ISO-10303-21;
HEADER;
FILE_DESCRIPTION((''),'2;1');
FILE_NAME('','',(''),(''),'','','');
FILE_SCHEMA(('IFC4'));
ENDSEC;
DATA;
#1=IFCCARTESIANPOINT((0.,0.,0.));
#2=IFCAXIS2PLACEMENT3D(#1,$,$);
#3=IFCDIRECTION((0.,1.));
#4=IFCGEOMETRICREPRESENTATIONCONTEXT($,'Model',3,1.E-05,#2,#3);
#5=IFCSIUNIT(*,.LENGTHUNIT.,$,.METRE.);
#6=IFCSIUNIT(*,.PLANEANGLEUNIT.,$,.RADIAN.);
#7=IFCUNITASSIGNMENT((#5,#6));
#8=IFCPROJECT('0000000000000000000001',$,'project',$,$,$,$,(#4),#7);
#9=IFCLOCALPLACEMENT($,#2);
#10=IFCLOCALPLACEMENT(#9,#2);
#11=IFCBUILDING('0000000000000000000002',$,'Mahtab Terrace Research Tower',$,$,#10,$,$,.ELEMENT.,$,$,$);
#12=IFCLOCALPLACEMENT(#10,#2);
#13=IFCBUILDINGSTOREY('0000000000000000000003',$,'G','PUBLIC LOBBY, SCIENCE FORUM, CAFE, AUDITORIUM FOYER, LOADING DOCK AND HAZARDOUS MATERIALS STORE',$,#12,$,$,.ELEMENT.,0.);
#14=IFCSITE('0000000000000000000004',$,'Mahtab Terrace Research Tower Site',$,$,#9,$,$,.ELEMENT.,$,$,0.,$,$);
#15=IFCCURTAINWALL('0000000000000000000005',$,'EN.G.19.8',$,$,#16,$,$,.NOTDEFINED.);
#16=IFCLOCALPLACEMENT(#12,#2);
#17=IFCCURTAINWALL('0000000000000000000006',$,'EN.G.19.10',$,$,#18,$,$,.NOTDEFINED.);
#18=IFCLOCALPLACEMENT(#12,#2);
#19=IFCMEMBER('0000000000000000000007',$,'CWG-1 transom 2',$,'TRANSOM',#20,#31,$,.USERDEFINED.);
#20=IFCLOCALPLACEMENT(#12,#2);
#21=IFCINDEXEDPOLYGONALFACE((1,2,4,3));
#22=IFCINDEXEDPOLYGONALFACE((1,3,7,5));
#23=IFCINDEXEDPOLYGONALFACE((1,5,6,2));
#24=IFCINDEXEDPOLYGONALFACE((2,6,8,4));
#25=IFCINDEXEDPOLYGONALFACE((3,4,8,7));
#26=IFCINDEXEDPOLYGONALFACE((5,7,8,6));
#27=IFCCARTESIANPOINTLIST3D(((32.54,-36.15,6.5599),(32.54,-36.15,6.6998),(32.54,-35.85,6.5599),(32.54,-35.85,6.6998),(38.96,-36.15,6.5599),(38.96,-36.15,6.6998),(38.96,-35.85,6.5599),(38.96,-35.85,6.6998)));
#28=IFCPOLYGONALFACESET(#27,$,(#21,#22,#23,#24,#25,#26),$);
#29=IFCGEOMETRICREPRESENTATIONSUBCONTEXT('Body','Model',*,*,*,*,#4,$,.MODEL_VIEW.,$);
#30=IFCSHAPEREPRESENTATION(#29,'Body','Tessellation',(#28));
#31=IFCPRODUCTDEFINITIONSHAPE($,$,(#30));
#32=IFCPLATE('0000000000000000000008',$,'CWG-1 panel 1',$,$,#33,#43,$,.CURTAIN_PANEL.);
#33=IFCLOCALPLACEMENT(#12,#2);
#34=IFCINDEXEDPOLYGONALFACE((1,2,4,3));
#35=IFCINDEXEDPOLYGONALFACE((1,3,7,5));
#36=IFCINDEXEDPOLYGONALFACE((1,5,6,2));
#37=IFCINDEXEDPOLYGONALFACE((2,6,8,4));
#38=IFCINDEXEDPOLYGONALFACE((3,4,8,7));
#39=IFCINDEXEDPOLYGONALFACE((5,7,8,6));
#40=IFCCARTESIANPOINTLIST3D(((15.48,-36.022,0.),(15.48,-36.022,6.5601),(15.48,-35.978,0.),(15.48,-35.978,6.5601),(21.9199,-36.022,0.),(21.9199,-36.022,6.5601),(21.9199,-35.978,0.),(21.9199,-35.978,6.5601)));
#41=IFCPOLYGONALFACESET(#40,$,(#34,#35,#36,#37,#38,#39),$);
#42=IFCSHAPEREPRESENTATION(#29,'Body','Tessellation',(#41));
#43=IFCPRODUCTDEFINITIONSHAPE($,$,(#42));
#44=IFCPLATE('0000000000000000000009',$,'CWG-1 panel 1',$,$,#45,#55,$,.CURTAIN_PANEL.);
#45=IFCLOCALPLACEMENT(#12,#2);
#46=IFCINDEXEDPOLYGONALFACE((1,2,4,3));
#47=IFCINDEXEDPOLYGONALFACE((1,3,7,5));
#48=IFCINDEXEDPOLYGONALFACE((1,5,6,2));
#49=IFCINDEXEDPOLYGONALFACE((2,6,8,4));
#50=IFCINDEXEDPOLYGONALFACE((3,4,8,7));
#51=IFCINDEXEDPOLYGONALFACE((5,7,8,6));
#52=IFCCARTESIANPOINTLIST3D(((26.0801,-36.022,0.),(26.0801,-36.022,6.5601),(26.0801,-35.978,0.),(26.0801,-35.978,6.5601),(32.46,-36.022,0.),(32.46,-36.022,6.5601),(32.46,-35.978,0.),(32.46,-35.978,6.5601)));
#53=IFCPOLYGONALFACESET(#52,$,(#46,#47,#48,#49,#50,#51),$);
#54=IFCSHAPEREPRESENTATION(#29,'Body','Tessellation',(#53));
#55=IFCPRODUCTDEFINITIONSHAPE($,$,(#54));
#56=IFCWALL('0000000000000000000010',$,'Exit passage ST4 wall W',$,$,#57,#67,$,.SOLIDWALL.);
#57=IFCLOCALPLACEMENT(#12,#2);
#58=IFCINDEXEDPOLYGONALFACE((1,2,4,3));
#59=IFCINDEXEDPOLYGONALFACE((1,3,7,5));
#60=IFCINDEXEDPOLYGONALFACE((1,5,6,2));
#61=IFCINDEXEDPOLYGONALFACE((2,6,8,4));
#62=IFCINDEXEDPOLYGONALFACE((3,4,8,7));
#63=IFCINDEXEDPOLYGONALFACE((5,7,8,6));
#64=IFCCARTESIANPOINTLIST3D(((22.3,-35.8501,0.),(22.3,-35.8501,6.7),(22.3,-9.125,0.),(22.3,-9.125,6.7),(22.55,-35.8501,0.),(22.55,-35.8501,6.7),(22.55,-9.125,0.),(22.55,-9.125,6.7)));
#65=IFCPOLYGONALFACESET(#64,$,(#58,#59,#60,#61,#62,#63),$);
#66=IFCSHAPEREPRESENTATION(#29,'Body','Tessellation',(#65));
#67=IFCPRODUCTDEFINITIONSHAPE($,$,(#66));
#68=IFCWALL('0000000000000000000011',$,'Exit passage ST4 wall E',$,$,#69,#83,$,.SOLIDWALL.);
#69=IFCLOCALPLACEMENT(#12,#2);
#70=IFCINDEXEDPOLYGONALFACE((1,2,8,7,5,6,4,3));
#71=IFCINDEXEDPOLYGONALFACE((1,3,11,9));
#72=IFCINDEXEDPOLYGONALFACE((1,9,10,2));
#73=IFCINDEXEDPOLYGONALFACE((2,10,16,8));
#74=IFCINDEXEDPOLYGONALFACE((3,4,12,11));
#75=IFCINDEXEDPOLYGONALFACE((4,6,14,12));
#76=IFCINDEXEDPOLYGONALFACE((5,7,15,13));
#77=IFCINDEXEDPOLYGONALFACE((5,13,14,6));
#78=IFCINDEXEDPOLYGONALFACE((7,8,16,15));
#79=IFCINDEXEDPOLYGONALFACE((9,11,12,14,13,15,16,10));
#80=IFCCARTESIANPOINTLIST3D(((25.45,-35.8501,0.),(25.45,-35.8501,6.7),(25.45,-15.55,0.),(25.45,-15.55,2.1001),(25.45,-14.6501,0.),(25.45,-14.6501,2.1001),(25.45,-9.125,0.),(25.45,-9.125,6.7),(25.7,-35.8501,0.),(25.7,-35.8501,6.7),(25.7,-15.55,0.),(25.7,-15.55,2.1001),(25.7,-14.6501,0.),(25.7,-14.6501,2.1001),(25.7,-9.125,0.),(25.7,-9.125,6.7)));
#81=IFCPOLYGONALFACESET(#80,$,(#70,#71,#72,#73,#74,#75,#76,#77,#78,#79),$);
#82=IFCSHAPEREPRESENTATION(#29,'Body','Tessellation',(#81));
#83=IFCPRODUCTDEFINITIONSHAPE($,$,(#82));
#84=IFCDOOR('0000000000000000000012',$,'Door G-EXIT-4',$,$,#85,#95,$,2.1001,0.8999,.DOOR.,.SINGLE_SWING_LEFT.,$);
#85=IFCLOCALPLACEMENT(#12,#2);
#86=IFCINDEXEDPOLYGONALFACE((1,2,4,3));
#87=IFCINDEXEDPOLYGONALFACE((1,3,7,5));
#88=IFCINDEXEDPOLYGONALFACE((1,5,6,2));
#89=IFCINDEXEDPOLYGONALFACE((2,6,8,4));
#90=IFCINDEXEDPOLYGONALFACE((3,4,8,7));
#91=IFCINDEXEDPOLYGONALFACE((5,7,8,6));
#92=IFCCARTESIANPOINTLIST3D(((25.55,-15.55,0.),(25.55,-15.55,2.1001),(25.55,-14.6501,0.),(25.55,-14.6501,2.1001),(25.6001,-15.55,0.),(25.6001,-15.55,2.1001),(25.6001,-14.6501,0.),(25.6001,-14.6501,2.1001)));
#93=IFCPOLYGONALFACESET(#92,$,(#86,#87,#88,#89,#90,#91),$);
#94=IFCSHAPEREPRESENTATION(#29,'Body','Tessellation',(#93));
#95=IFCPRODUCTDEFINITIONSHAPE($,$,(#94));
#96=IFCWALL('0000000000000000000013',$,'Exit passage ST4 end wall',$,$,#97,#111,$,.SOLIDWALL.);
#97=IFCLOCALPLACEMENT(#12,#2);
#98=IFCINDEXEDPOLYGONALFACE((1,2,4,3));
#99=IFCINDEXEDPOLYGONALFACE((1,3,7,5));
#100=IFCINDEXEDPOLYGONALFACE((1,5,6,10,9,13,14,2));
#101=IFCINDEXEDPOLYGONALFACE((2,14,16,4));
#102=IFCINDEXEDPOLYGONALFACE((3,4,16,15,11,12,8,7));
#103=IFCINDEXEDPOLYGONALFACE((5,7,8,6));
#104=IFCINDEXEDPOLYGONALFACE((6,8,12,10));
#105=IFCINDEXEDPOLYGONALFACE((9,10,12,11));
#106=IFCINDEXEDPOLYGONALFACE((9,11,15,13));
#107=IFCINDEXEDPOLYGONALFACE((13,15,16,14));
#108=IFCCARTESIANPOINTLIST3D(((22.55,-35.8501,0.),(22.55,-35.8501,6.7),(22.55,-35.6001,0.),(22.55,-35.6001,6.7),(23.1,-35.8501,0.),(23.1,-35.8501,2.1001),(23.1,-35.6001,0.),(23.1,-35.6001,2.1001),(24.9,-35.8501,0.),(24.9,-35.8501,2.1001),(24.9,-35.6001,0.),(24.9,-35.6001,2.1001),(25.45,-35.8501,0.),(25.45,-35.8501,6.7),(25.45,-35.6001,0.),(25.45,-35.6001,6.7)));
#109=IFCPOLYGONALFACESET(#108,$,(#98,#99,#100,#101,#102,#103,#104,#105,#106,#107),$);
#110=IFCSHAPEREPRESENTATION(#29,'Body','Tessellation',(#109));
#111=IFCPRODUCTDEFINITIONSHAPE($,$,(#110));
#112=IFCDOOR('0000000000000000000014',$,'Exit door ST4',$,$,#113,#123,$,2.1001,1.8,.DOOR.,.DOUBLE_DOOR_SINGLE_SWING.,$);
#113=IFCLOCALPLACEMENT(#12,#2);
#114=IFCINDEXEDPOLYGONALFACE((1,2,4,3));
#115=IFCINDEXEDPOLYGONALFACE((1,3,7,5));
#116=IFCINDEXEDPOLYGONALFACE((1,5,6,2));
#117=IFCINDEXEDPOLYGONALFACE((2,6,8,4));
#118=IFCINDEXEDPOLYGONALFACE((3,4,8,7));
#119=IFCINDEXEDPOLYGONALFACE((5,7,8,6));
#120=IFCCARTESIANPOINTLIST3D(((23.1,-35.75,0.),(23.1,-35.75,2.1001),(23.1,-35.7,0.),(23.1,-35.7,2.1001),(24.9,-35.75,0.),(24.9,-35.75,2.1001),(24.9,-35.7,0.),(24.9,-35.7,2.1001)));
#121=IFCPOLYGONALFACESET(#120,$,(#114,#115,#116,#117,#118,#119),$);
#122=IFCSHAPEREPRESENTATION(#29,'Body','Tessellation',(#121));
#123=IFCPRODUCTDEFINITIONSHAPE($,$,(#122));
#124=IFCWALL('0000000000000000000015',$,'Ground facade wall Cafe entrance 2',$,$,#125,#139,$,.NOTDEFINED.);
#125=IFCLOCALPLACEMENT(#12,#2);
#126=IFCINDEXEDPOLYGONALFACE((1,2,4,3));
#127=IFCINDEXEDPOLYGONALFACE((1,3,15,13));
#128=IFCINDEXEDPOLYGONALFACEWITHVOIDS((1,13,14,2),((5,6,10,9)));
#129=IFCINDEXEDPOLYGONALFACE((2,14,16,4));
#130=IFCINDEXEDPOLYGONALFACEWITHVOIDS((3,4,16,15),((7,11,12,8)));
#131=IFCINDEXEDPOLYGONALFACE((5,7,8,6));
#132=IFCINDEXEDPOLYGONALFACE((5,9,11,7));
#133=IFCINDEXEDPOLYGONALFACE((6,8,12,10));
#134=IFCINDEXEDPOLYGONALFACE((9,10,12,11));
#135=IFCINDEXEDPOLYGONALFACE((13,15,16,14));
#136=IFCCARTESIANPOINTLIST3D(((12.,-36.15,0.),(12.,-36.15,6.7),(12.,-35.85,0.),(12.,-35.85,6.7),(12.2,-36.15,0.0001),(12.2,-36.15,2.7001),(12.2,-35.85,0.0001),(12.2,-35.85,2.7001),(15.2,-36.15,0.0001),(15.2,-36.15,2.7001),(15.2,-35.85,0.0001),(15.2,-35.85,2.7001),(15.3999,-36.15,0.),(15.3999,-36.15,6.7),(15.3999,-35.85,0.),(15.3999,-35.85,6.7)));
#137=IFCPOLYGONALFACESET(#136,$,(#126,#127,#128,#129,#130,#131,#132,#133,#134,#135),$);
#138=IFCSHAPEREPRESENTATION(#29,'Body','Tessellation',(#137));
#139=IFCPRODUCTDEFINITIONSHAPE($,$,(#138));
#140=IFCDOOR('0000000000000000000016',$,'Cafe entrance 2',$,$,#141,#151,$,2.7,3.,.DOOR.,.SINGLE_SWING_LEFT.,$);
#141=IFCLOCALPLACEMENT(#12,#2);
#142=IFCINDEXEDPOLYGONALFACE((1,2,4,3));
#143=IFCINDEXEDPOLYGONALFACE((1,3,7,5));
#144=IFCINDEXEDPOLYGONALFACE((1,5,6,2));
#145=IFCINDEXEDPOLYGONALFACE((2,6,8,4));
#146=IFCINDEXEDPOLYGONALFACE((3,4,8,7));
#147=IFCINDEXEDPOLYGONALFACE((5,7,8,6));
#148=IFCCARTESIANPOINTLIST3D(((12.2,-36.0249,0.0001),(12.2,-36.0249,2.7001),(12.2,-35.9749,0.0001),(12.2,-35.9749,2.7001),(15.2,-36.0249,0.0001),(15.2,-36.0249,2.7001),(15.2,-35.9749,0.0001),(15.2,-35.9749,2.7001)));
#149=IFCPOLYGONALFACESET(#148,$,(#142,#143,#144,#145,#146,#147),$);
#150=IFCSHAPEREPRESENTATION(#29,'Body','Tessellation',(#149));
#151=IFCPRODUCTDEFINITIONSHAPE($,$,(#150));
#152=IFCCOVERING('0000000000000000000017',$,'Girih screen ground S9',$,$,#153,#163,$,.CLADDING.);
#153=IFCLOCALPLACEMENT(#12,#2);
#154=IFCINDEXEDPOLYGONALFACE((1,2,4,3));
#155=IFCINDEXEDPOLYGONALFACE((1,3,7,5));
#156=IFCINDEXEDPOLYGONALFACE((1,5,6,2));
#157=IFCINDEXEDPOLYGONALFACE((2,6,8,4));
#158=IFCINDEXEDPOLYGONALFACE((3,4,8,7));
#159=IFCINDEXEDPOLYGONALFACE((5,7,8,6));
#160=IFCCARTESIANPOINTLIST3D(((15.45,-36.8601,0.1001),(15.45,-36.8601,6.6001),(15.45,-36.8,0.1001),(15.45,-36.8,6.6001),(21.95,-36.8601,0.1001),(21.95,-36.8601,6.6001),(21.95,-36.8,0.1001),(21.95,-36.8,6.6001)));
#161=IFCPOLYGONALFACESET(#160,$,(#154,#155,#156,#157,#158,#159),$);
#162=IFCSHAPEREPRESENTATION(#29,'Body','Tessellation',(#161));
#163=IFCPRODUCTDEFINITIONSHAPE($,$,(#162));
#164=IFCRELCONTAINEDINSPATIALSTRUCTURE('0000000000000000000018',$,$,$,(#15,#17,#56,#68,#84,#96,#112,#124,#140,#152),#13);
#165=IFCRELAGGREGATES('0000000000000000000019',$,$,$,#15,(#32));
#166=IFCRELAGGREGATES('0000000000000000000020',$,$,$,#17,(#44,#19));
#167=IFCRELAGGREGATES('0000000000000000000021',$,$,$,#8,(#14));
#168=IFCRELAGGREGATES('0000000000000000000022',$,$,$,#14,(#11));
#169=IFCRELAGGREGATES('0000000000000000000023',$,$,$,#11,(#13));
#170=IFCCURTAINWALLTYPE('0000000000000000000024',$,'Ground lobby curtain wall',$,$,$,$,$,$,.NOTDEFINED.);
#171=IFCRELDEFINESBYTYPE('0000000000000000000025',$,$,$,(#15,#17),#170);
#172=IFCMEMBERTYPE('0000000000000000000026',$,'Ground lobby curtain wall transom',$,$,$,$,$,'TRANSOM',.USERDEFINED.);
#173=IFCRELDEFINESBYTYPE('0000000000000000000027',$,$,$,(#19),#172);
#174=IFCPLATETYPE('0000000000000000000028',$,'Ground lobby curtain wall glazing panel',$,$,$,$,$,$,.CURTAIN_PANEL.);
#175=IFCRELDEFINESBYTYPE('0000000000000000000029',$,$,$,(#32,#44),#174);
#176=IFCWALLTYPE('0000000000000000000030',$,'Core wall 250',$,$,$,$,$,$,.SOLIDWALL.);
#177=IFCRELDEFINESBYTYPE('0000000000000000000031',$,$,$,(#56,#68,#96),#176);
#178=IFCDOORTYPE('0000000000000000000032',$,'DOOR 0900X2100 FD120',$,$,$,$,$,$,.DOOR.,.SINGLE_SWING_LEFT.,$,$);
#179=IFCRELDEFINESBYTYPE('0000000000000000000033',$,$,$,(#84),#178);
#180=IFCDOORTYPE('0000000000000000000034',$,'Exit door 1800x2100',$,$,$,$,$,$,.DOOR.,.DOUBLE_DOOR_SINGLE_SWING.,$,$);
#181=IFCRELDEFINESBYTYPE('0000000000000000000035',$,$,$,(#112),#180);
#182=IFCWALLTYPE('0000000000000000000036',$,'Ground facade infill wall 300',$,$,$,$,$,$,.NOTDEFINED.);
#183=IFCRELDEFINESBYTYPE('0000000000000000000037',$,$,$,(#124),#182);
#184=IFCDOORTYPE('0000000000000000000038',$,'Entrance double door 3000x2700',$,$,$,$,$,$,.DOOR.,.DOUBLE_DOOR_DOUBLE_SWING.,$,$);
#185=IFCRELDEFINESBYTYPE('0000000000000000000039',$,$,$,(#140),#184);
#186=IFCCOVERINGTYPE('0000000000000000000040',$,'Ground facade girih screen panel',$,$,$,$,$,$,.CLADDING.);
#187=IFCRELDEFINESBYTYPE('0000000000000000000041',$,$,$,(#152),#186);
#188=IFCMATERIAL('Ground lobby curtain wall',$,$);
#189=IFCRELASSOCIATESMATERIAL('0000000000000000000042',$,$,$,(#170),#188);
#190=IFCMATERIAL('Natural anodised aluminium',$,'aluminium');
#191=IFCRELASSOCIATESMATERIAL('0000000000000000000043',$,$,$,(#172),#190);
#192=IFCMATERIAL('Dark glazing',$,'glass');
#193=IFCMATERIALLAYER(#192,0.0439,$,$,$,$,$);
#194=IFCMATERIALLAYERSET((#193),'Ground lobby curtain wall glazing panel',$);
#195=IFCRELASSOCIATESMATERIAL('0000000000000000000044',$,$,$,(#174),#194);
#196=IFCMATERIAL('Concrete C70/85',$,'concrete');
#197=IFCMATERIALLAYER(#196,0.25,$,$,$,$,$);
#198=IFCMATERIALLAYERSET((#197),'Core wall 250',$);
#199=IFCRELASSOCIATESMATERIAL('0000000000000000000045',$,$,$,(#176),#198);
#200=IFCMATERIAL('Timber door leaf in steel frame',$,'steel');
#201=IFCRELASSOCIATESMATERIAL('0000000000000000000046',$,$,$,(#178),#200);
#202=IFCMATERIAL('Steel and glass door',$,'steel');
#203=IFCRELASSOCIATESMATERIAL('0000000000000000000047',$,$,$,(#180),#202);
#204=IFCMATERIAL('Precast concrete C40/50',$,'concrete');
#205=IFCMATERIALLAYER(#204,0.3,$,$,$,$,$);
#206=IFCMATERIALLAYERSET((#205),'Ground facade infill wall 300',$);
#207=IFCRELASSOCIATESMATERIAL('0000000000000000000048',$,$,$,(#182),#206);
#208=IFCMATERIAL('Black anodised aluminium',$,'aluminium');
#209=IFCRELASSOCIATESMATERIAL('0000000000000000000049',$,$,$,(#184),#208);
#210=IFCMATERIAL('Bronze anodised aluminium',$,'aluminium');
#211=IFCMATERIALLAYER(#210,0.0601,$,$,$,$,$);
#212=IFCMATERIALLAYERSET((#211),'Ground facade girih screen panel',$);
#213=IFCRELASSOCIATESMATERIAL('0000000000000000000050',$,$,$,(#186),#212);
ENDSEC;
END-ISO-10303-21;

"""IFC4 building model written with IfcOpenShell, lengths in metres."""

from ifc_helpers import new_model, si_unit, direction, frame, frame_2d, origin, origin_2d, place, context, subcontext, project, spatial, rectangle, extrude, material, layer, layer_set, material_profile, profile_set, type_object, element, fill, aggregate, save


model = new_model("IFC4")

# Units and contexts
model_context = context("Model", 3, precision=1e-05, world=origin(), true_north=direction((0.0, 1.0)))
body_context = subcontext(model_context, "Body", "Model", "MODEL_VIEW")
ifc_project = project(units=[si_unit("LENGTHUNIT", "METRE"), si_unit("PLANEANGLEUNIT", "RADIAN")], contexts=[model_context])

# Site, building, storey
site_placement = place(None, origin())
site = spatial("IfcSite", under=ifc_project, at=site_placement, Name="Mahtab Terrace Research Tower Site", CompositionType="ELEMENT", RefElevation=0.0)
building_placement = place(site_placement, origin())
building = spatial("IfcBuilding", under=site, at=building_placement, Name="Mahtab Terrace Research Tower", CompositionType="ELEMENT")
storey_placement = place(building_placement, origin())
storey = spatial("IfcBuildingStorey", under=building, at=storey_placement, Name="G", Description="PUBLIC LOBBY, SCIENCE FORUM, CAFE, AUDITORIUM FOYER, LOADING DOCK AND HAZARDOUS MATERIALS STORE", CompositionType="ELEMENT", Elevation=0.0)

# Curtain walls
ifc_material_1 = material(Name="Ground lobby curtain wall")
curtain_wall_type = type_object("IfcCurtainWallType", Name="Ground lobby curtain wall", PredefinedType="NOTDEFINED", material=ifc_material_1)
curtain_wall_1_placement = place(storey_placement, origin())
curtain_wall_1 = element("IfcCurtainWall", 1, at=curtain_wall_1_placement, inside=storey, type_object=curtain_wall_type, Name="EN.G.19.8", PredefinedType="NOTDEFINED")
ifc_material_2 = material(Name="Natural anodised aluminium", Category="aluminium")
curtain_wall_2_placement = place(storey_placement, origin())
curtain_wall_2 = element("IfcCurtainWall", 2, at=curtain_wall_2_placement, inside=storey, type_object=curtain_wall_type, Name="EN.G.19.10", PredefinedType="NOTDEFINED")

# Member
ifc_material_profile_1 = material_profile(ifc_material_2, rectangle(XDim=0.3, YDim=0.1399, at=origin_2d()), Name="TRANSOM 140x300")
ifc_profile_set_1 = profile_set([ifc_material_profile_1], Name="Natural anodised aluminium")
member_type_1 = type_object("IfcMemberType", Name="Ground lobby curtain wall transom", ElementType="TRANSOM", PredefinedType="USERDEFINED", material=ifc_profile_set_1)
member_1_placement = place(storey_placement, frame((32.54, -36.0, 6.6299), z_axis=(1.0, 0.0, 0.0), x_axis=(0.0, 1.0, 0.0)))
member_1 = element("IfcMember", 3, at=member_1_placement, type_object=member_type_1, Name="CWG-1 transom 2", ObjectType="TRANSOM", PredefinedType="USERDEFINED", context=body_context, shape_type="SweptSolid", body=[
    extrude(rectangle(XDim=0.3, YDim=0.1399, at=origin_2d()), origin(), (0.0, 0.0, 1.0), 6.4199),
])

# Plates
ifc_material_3 = material(Name="Dark glazing", Category="glass")
ifc_layer_1 = layer(ifc_material_3, 0.0439)
ifc_layer_set_1 = layer_set([ifc_layer_1], Name="Ground lobby curtain wall glazing panel")
plate_type = type_object("IfcPlateType", Name="Ground lobby curtain wall glazing panel", PredefinedType="CURTAIN_PANEL", material=ifc_layer_set_1)
plate_1_placement = place(storey_placement, frame((18.7, -36.0, 0.0), z_axis=(0.0, 0.0, 1.0), x_axis=(1.0, 0.0, 0.0)))
plate_1 = element("IfcPlate", 4, at=plate_1_placement, type_object=plate_type, Name="CWG-1 panel 1", PredefinedType="CURTAIN_PANEL", context=body_context, shape_type="SweptSolid", body=[
    extrude(rectangle(XDim=6.4399, YDim=0.0439, at=origin_2d()), origin(), (0.0, 0.0, 1.0), 6.5601),
])
aggregate(curtain_wall_1, [plate_1])
plate_2_placement = place(storey_placement, frame((29.27, -36.0, 0.0), z_axis=(0.0, 0.0, 1.0), x_axis=(1.0, 0.0, 0.0)))
plate_2 = element("IfcPlate", 5, at=plate_2_placement, type_object=plate_type, Name="CWG-1 panel 1", PredefinedType="CURTAIN_PANEL", context=body_context, shape_type="SweptSolid", body=[
    extrude(rectangle(XDim=6.3799, YDim=0.0439, at=origin_2d()), origin(), (0.0, 0.0, 1.0), 6.5601),
])
aggregate(curtain_wall_2, [plate_2, member_1])

# Wall
ifc_material_4 = material(Name="Concrete C70/85", Category="concrete")
ifc_layer_2 = layer(ifc_material_4, 0.25)
ifc_layer_set_2 = layer_set([ifc_layer_2], Name="Core wall 250")
wall_type_1 = type_object("IfcWallType", Name="Core wall 250", PredefinedType="SOLIDWALL", material=ifc_layer_set_2)
wall_1_placement = place(storey_placement, frame((22.425, -35.8501, 0.0), z_axis=(0.0, 0.0, 1.0), x_axis=(0.0, 1.0, 0.0)))
element("IfcWall", 6, at=wall_1_placement, inside=storey, type_object=wall_type_1, Name="Exit passage ST4 wall W", PredefinedType="SOLIDWALL", context=body_context, shape_type="SweptSolid", body=[
    extrude(rectangle(XDim=26.7251, YDim=0.25, at=frame_2d((13.3625, 0.0))), origin(), (0.0, 0.0, 1.0), 6.7),
])

# Walls, openings, doors
wall_2_placement = place(storey_placement, frame((25.575, -35.8501, 0.0), z_axis=(0.0, 0.0, 1.0), x_axis=(0.0, 1.0, 0.0)))
wall_2 = element("IfcWall", 7, at=wall_2_placement, inside=storey, type_object=wall_type_1, Name="Exit passage ST4 wall E", PredefinedType="SOLIDWALL", context=body_context, shape_type="SweptSolid", body=[
    extrude(rectangle(XDim=26.7251, YDim=0.25, at=frame_2d((13.3625, 0.0))), origin(), (0.0, 0.0, 1.0), 6.7),
])
opening_1_placement = place(wall_2_placement, frame((20.3, 0.0, 0.0)))
opening_1 = element("IfcOpeningElement", 8, at=opening_1_placement, cuts=wall_2, PredefinedType="OPENING", context=body_context, shape_type="SweptSolid", body=[
    extrude(rectangle(XDim=0.8999, YDim=2.1001, at=frame_2d((0.45, 1.05))), frame((0.0, 0.135, 0.0), z_axis=(0.0, -1.0, 0.0), x_axis=(1.0, 0.0, 0.0)), (0.0, 0.0, 1.0), 0.27),
])
ifc_material_5 = material(Name="Timber door leaf in steel frame", Category="steel")
door_type_1 = type_object("IfcDoorType", Name="DOOR 0900X2100 FD120", OperationType="SINGLE_SWING_LEFT", PredefinedType="DOOR", material=ifc_material_5)
door_1_placement = place(opening_1_placement, origin())
door_1 = element("IfcDoor", 9, at=door_1_placement, inside=storey, type_object=door_type_1, Name="Door G-EXIT-4", OperationType="SINGLE_SWING_LEFT", OverallHeight=2.1001, OverallWidth=0.8999, PredefinedType="DOOR", context=body_context, shape_type="SweptSolid", body=[
    extrude(rectangle(XDim=0.8999, YDim=2.1001, at=frame_2d((0.45, 1.05))), frame((0.0, 0.0249, 0.0), z_axis=(0.0, -1.0, 0.0), x_axis=(1.0, 0.0, 0.0)), (0.0, 0.0, 1.0), 0.05),
])
fill(opening_1, door_1)
wall_3_placement = place(storey_placement, frame((25.45, -35.7251, 0.0), z_axis=(0.0, 0.0, 1.0), x_axis=(-1.0, 0.0, 0.0)))
wall_3 = element("IfcWall", 10, at=wall_3_placement, inside=storey, type_object=wall_type_1, Name="Exit passage ST4 end wall", PredefinedType="SOLIDWALL", context=body_context, shape_type="SweptSolid", body=[
    extrude(rectangle(XDim=2.8999, YDim=0.25, at=frame_2d((1.45, 0.0))), origin(), (0.0, 0.0, 1.0), 6.7),
])
opening_2_placement = place(wall_3_placement, frame((0.55, 0.0, 0.0)))
opening_2 = element("IfcOpeningElement", 11, at=opening_2_placement, cuts=wall_3, PredefinedType="OPENING", context=body_context, shape_type="SweptSolid", body=[
    extrude(rectangle(XDim=1.8, YDim=2.1001, at=frame_2d((0.8999, 1.05))), frame((0.0, 0.135, 0.0), z_axis=(0.0, -1.0, 0.0), x_axis=(1.0, 0.0, 0.0)), (0.0, 0.0, 1.0), 0.27),
])
ifc_material_6 = material(Name="Steel and glass door", Category="steel")
door_type_2 = type_object("IfcDoorType", Name="Exit door 1800x2100", OperationType="DOUBLE_DOOR_SINGLE_SWING", PredefinedType="DOOR", material=ifc_material_6)
door_2_placement = place(opening_2_placement, origin())
door_2 = element("IfcDoor", 12, at=door_2_placement, inside=storey, type_object=door_type_2, Name="Exit door ST4", OperationType="DOUBLE_DOOR_SINGLE_SWING", OverallHeight=2.1001, OverallWidth=1.8, PredefinedType="DOOR", context=body_context, shape_type="SweptSolid", body=[
    extrude(rectangle(XDim=1.8, YDim=2.1001, at=frame_2d((0.8999, 1.05))), frame((0.0, 0.0249, 0.0), z_axis=(0.0, -1.0, 0.0), x_axis=(1.0, 0.0, 0.0)), (0.0, 0.0, 1.0), 0.05),
])
fill(opening_2, door_2)
ifc_material_7 = material(Name="Precast concrete C40/50", Category="concrete")
ifc_layer_3 = layer(ifc_material_7, 0.3)
ifc_layer_set_3 = layer_set([ifc_layer_3], Name="Ground facade infill wall 300")
wall_type_2 = type_object("IfcWallType", Name="Ground facade infill wall 300", PredefinedType="NOTDEFINED", material=ifc_layer_set_3)
wall_4_placement = place(storey_placement, frame((15.3999, -36.0, 0.0), z_axis=(0.0, 0.0, 1.0), x_axis=(-1.0, 0.0, 0.0)))
wall_4 = element("IfcWall", 13, at=wall_4_placement, inside=storey, type_object=wall_type_2, Name="Ground facade wall Cafe entrance 2", PredefinedType="NOTDEFINED", context=body_context, shape_type="SweptSolid", body=[
    extrude(rectangle(XDim=3.3999, YDim=0.3, at=frame_2d((1.7, 0.0))), origin(), (0.0, 0.0, 1.0), 6.7),
])
opening_3_placement = place(wall_4_placement, frame((0.2, 0.0, 0.0)))
opening_3 = element("IfcOpeningElement", 14, at=opening_3_placement, cuts=wall_4, PredefinedType="OPENING", context=body_context, shape_type="SweptSolid", body=[
    extrude(rectangle(XDim=3.0, YDim=2.7, at=frame_2d((1.5, 1.3501))), frame((0.0, 0.1599, 0.0), z_axis=(0.0, -1.0, 0.0), x_axis=(1.0, 0.0, 0.0)), (0.0, 0.0, 1.0), 0.3201),
])
ifc_material_8 = material(Name="Black anodised aluminium", Category="aluminium")
door_type_3 = type_object("IfcDoorType", Name="Entrance double door 3000x2700", OperationType="DOUBLE_DOOR_DOUBLE_SWING", PredefinedType="DOOR", material=ifc_material_8)
door_3_placement = place(opening_3_placement, origin())
door_3 = element("IfcDoor", 15, at=door_3_placement, inside=storey, type_object=door_type_3, Name="Cafe entrance 2", OperationType="SINGLE_SWING_LEFT", OverallHeight=2.7, OverallWidth=3.0, PredefinedType="DOOR", context=body_context, shape_type="SweptSolid", body=[
    extrude(rectangle(XDim=3.0, YDim=2.7, at=frame_2d((1.5, 1.3501))), frame((0.0, 0.0249, 0.0), z_axis=(0.0, -1.0, 0.0), x_axis=(1.0, 0.0, 0.0)), (0.0, 0.0, 1.0), 0.05),
])
fill(opening_3, door_3)

# Covering
ifc_material_9 = material(Name="Bronze anodised aluminium", Category="aluminium")
ifc_layer_4 = layer(ifc_material_9, 0.0601)
ifc_layer_set_4 = layer_set([ifc_layer_4], Name="Ground facade girih screen panel")
covering_type = type_object("IfcCoveringType", Name="Ground facade girih screen panel", PredefinedType="CLADDING", material=ifc_layer_set_4)
covering_placement = place(storey_placement, frame((18.7, -36.8301, 0.1001), z_axis=(0.0, 0.0, 1.0), x_axis=(1.0, 0.0, 0.0)))
element("IfcCovering", 16, at=covering_placement, inside=storey, type_object=covering_type, Name="Girih screen ground S9", PredefinedType="CLADDING", context=body_context, shape_type="SweptSolid", body=[
    extrude(rectangle(XDim=6.5, YDim=0.0601, at=origin_2d()), origin(), (0.0, 0.0, 1.0), 6.5),
])

save(model, "model.ifc")
